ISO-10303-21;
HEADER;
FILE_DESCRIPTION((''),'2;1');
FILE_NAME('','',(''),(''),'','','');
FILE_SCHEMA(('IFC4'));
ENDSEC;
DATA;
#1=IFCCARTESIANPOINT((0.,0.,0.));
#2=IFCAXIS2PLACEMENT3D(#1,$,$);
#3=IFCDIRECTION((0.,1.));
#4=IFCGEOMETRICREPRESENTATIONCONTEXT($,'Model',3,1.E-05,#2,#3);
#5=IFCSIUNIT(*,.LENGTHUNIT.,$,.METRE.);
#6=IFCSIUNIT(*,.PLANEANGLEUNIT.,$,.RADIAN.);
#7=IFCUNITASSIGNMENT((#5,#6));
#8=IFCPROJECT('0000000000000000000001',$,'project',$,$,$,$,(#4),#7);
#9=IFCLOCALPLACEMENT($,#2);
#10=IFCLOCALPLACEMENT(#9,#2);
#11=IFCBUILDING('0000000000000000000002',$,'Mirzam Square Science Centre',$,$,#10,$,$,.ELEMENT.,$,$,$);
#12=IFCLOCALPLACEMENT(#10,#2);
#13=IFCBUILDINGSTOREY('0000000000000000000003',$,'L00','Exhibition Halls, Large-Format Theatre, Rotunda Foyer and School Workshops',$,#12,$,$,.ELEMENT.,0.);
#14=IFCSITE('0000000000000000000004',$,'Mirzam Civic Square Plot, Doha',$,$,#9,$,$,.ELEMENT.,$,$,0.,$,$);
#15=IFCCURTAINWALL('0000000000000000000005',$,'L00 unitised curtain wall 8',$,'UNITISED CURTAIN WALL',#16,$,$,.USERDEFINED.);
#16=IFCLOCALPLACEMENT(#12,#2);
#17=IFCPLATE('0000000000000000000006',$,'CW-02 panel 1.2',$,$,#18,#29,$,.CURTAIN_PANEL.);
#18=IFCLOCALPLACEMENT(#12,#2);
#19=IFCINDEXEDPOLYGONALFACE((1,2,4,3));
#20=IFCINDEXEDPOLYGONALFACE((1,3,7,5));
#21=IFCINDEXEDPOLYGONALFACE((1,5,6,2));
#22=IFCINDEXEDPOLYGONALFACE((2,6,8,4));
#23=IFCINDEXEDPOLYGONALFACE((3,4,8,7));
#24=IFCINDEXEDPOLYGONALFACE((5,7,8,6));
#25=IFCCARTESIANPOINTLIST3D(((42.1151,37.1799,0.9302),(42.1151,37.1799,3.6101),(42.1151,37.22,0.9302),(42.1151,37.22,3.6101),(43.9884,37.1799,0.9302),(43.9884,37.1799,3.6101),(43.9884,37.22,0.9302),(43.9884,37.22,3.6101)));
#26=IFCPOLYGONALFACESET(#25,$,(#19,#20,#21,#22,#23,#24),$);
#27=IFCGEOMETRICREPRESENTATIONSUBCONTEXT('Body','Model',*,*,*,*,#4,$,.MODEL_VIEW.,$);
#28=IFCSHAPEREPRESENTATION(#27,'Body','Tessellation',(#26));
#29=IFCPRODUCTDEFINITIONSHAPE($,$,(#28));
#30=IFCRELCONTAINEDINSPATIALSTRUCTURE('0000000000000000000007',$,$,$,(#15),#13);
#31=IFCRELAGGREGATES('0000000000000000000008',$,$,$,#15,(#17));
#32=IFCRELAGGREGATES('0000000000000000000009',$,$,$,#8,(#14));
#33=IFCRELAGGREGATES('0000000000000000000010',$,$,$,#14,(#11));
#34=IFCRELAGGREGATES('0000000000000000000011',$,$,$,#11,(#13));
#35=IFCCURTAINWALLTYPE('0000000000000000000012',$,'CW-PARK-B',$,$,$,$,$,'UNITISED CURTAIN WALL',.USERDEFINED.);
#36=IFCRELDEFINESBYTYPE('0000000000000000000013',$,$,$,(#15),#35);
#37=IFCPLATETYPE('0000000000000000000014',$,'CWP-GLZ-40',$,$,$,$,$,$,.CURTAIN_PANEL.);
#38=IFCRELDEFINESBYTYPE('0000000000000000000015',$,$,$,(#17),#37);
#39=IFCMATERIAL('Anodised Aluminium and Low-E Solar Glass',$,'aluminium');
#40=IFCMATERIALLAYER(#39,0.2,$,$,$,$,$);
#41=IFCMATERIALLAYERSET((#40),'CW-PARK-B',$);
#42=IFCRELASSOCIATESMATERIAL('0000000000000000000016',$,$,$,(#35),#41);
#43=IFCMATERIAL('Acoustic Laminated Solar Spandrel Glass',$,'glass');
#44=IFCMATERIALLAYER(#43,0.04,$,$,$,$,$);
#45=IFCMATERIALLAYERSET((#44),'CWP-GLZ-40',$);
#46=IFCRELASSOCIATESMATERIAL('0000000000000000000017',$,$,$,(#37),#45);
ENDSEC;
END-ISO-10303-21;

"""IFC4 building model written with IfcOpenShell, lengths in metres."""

from ifc_helpers import new_model, si_unit, direction, frame, origin, origin_2d, place, context, subcontext, project, spatial, rectangle, extrude, material, layer, layer_set, type_object, element, aggregate, save


model = new_model("IFC4")

# Units and contexts
model_context = context("Model", 3, precision=1e-05, world=origin(), true_north=direction((0.0, 1.0)))
body_context = subcontext(model_context, "Body", "Model", "MODEL_VIEW")
ifc_project = project(units=[si_unit("LENGTHUNIT", "METRE"), si_unit("PLANEANGLEUNIT", "RADIAN")], contexts=[model_context])

# Site, building, storey
site_placement = place(None, origin())
site = spatial("IfcSite", under=ifc_project, at=site_placement, Name="Mirzam Civic Square Plot, Doha", CompositionType="ELEMENT", RefElevation=0.0)
building_placement = place(site_placement, origin())
building = spatial("IfcBuilding", under=site, at=building_placement, Name="Mirzam Square Science Centre", CompositionType="ELEMENT")
storey_placement = place(building_placement, origin())
storey = spatial("IfcBuildingStorey", under=building, at=storey_placement, Name="L00", Description="Exhibition Halls, Large-Format Theatre, Rotunda Foyer and School Workshops", CompositionType="ELEMENT", Elevation=0.0)

# Curtain wall
ifc_material_1 = material(Name="Anodised Aluminium and Low-E Solar Glass", Category="aluminium")
ifc_layer_1 = layer(ifc_material_1, 0.2)
ifc_layer_set_1 = layer_set([ifc_layer_1], Name="CW-PARK-B")
curtain_wall_type_1 = type_object("IfcCurtainWallType", Name="CW-PARK-B", ElementType="UNITISED CURTAIN WALL", PredefinedType="USERDEFINED", material=ifc_layer_set_1)
curtain_wall_1_placement = place(storey_placement, origin())
curtain_wall_1 = element("IfcCurtainWall", 1, at=curtain_wall_1_placement, inside=storey, type_object=curtain_wall_type_1, Name="L00 unitised curtain wall 8", ObjectType="UNITISED CURTAIN WALL", PredefinedType="USERDEFINED")

# Plate
ifc_material_2 = material(Name="Acoustic Laminated Solar Spandrel Glass", Category="glass")
ifc_layer_2 = layer(ifc_material_2, 0.04)
ifc_layer_set_2 = layer_set([ifc_layer_2], Name="CWP-GLZ-40")
plate_type_1 = type_object("IfcPlateType", Name="CWP-GLZ-40", PredefinedType="CURTAIN_PANEL", material=ifc_layer_set_2)
plate_1_placement = place(storey_placement, frame((43.0518, 37.2, 0.9302), z_axis=(0.0, 0.0, 1.0), x_axis=(1.0, 0.0, 0.0)))
plate_1 = element("IfcPlate", 2, at=plate_1_placement, type_object=plate_type_1, Name="CW-02 panel 1.2", PredefinedType="CURTAIN_PANEL", context=body_context, shape_type="SweptSolid", body=[
    extrude(rectangle(XDim=1.8733, YDim=0.04, at=origin_2d()), origin(), (0.0, 0.0, 1.0), 2.6799),
])
aggregate(curtain_wall_1, [plate_1])

save(model, "model.ifc")
